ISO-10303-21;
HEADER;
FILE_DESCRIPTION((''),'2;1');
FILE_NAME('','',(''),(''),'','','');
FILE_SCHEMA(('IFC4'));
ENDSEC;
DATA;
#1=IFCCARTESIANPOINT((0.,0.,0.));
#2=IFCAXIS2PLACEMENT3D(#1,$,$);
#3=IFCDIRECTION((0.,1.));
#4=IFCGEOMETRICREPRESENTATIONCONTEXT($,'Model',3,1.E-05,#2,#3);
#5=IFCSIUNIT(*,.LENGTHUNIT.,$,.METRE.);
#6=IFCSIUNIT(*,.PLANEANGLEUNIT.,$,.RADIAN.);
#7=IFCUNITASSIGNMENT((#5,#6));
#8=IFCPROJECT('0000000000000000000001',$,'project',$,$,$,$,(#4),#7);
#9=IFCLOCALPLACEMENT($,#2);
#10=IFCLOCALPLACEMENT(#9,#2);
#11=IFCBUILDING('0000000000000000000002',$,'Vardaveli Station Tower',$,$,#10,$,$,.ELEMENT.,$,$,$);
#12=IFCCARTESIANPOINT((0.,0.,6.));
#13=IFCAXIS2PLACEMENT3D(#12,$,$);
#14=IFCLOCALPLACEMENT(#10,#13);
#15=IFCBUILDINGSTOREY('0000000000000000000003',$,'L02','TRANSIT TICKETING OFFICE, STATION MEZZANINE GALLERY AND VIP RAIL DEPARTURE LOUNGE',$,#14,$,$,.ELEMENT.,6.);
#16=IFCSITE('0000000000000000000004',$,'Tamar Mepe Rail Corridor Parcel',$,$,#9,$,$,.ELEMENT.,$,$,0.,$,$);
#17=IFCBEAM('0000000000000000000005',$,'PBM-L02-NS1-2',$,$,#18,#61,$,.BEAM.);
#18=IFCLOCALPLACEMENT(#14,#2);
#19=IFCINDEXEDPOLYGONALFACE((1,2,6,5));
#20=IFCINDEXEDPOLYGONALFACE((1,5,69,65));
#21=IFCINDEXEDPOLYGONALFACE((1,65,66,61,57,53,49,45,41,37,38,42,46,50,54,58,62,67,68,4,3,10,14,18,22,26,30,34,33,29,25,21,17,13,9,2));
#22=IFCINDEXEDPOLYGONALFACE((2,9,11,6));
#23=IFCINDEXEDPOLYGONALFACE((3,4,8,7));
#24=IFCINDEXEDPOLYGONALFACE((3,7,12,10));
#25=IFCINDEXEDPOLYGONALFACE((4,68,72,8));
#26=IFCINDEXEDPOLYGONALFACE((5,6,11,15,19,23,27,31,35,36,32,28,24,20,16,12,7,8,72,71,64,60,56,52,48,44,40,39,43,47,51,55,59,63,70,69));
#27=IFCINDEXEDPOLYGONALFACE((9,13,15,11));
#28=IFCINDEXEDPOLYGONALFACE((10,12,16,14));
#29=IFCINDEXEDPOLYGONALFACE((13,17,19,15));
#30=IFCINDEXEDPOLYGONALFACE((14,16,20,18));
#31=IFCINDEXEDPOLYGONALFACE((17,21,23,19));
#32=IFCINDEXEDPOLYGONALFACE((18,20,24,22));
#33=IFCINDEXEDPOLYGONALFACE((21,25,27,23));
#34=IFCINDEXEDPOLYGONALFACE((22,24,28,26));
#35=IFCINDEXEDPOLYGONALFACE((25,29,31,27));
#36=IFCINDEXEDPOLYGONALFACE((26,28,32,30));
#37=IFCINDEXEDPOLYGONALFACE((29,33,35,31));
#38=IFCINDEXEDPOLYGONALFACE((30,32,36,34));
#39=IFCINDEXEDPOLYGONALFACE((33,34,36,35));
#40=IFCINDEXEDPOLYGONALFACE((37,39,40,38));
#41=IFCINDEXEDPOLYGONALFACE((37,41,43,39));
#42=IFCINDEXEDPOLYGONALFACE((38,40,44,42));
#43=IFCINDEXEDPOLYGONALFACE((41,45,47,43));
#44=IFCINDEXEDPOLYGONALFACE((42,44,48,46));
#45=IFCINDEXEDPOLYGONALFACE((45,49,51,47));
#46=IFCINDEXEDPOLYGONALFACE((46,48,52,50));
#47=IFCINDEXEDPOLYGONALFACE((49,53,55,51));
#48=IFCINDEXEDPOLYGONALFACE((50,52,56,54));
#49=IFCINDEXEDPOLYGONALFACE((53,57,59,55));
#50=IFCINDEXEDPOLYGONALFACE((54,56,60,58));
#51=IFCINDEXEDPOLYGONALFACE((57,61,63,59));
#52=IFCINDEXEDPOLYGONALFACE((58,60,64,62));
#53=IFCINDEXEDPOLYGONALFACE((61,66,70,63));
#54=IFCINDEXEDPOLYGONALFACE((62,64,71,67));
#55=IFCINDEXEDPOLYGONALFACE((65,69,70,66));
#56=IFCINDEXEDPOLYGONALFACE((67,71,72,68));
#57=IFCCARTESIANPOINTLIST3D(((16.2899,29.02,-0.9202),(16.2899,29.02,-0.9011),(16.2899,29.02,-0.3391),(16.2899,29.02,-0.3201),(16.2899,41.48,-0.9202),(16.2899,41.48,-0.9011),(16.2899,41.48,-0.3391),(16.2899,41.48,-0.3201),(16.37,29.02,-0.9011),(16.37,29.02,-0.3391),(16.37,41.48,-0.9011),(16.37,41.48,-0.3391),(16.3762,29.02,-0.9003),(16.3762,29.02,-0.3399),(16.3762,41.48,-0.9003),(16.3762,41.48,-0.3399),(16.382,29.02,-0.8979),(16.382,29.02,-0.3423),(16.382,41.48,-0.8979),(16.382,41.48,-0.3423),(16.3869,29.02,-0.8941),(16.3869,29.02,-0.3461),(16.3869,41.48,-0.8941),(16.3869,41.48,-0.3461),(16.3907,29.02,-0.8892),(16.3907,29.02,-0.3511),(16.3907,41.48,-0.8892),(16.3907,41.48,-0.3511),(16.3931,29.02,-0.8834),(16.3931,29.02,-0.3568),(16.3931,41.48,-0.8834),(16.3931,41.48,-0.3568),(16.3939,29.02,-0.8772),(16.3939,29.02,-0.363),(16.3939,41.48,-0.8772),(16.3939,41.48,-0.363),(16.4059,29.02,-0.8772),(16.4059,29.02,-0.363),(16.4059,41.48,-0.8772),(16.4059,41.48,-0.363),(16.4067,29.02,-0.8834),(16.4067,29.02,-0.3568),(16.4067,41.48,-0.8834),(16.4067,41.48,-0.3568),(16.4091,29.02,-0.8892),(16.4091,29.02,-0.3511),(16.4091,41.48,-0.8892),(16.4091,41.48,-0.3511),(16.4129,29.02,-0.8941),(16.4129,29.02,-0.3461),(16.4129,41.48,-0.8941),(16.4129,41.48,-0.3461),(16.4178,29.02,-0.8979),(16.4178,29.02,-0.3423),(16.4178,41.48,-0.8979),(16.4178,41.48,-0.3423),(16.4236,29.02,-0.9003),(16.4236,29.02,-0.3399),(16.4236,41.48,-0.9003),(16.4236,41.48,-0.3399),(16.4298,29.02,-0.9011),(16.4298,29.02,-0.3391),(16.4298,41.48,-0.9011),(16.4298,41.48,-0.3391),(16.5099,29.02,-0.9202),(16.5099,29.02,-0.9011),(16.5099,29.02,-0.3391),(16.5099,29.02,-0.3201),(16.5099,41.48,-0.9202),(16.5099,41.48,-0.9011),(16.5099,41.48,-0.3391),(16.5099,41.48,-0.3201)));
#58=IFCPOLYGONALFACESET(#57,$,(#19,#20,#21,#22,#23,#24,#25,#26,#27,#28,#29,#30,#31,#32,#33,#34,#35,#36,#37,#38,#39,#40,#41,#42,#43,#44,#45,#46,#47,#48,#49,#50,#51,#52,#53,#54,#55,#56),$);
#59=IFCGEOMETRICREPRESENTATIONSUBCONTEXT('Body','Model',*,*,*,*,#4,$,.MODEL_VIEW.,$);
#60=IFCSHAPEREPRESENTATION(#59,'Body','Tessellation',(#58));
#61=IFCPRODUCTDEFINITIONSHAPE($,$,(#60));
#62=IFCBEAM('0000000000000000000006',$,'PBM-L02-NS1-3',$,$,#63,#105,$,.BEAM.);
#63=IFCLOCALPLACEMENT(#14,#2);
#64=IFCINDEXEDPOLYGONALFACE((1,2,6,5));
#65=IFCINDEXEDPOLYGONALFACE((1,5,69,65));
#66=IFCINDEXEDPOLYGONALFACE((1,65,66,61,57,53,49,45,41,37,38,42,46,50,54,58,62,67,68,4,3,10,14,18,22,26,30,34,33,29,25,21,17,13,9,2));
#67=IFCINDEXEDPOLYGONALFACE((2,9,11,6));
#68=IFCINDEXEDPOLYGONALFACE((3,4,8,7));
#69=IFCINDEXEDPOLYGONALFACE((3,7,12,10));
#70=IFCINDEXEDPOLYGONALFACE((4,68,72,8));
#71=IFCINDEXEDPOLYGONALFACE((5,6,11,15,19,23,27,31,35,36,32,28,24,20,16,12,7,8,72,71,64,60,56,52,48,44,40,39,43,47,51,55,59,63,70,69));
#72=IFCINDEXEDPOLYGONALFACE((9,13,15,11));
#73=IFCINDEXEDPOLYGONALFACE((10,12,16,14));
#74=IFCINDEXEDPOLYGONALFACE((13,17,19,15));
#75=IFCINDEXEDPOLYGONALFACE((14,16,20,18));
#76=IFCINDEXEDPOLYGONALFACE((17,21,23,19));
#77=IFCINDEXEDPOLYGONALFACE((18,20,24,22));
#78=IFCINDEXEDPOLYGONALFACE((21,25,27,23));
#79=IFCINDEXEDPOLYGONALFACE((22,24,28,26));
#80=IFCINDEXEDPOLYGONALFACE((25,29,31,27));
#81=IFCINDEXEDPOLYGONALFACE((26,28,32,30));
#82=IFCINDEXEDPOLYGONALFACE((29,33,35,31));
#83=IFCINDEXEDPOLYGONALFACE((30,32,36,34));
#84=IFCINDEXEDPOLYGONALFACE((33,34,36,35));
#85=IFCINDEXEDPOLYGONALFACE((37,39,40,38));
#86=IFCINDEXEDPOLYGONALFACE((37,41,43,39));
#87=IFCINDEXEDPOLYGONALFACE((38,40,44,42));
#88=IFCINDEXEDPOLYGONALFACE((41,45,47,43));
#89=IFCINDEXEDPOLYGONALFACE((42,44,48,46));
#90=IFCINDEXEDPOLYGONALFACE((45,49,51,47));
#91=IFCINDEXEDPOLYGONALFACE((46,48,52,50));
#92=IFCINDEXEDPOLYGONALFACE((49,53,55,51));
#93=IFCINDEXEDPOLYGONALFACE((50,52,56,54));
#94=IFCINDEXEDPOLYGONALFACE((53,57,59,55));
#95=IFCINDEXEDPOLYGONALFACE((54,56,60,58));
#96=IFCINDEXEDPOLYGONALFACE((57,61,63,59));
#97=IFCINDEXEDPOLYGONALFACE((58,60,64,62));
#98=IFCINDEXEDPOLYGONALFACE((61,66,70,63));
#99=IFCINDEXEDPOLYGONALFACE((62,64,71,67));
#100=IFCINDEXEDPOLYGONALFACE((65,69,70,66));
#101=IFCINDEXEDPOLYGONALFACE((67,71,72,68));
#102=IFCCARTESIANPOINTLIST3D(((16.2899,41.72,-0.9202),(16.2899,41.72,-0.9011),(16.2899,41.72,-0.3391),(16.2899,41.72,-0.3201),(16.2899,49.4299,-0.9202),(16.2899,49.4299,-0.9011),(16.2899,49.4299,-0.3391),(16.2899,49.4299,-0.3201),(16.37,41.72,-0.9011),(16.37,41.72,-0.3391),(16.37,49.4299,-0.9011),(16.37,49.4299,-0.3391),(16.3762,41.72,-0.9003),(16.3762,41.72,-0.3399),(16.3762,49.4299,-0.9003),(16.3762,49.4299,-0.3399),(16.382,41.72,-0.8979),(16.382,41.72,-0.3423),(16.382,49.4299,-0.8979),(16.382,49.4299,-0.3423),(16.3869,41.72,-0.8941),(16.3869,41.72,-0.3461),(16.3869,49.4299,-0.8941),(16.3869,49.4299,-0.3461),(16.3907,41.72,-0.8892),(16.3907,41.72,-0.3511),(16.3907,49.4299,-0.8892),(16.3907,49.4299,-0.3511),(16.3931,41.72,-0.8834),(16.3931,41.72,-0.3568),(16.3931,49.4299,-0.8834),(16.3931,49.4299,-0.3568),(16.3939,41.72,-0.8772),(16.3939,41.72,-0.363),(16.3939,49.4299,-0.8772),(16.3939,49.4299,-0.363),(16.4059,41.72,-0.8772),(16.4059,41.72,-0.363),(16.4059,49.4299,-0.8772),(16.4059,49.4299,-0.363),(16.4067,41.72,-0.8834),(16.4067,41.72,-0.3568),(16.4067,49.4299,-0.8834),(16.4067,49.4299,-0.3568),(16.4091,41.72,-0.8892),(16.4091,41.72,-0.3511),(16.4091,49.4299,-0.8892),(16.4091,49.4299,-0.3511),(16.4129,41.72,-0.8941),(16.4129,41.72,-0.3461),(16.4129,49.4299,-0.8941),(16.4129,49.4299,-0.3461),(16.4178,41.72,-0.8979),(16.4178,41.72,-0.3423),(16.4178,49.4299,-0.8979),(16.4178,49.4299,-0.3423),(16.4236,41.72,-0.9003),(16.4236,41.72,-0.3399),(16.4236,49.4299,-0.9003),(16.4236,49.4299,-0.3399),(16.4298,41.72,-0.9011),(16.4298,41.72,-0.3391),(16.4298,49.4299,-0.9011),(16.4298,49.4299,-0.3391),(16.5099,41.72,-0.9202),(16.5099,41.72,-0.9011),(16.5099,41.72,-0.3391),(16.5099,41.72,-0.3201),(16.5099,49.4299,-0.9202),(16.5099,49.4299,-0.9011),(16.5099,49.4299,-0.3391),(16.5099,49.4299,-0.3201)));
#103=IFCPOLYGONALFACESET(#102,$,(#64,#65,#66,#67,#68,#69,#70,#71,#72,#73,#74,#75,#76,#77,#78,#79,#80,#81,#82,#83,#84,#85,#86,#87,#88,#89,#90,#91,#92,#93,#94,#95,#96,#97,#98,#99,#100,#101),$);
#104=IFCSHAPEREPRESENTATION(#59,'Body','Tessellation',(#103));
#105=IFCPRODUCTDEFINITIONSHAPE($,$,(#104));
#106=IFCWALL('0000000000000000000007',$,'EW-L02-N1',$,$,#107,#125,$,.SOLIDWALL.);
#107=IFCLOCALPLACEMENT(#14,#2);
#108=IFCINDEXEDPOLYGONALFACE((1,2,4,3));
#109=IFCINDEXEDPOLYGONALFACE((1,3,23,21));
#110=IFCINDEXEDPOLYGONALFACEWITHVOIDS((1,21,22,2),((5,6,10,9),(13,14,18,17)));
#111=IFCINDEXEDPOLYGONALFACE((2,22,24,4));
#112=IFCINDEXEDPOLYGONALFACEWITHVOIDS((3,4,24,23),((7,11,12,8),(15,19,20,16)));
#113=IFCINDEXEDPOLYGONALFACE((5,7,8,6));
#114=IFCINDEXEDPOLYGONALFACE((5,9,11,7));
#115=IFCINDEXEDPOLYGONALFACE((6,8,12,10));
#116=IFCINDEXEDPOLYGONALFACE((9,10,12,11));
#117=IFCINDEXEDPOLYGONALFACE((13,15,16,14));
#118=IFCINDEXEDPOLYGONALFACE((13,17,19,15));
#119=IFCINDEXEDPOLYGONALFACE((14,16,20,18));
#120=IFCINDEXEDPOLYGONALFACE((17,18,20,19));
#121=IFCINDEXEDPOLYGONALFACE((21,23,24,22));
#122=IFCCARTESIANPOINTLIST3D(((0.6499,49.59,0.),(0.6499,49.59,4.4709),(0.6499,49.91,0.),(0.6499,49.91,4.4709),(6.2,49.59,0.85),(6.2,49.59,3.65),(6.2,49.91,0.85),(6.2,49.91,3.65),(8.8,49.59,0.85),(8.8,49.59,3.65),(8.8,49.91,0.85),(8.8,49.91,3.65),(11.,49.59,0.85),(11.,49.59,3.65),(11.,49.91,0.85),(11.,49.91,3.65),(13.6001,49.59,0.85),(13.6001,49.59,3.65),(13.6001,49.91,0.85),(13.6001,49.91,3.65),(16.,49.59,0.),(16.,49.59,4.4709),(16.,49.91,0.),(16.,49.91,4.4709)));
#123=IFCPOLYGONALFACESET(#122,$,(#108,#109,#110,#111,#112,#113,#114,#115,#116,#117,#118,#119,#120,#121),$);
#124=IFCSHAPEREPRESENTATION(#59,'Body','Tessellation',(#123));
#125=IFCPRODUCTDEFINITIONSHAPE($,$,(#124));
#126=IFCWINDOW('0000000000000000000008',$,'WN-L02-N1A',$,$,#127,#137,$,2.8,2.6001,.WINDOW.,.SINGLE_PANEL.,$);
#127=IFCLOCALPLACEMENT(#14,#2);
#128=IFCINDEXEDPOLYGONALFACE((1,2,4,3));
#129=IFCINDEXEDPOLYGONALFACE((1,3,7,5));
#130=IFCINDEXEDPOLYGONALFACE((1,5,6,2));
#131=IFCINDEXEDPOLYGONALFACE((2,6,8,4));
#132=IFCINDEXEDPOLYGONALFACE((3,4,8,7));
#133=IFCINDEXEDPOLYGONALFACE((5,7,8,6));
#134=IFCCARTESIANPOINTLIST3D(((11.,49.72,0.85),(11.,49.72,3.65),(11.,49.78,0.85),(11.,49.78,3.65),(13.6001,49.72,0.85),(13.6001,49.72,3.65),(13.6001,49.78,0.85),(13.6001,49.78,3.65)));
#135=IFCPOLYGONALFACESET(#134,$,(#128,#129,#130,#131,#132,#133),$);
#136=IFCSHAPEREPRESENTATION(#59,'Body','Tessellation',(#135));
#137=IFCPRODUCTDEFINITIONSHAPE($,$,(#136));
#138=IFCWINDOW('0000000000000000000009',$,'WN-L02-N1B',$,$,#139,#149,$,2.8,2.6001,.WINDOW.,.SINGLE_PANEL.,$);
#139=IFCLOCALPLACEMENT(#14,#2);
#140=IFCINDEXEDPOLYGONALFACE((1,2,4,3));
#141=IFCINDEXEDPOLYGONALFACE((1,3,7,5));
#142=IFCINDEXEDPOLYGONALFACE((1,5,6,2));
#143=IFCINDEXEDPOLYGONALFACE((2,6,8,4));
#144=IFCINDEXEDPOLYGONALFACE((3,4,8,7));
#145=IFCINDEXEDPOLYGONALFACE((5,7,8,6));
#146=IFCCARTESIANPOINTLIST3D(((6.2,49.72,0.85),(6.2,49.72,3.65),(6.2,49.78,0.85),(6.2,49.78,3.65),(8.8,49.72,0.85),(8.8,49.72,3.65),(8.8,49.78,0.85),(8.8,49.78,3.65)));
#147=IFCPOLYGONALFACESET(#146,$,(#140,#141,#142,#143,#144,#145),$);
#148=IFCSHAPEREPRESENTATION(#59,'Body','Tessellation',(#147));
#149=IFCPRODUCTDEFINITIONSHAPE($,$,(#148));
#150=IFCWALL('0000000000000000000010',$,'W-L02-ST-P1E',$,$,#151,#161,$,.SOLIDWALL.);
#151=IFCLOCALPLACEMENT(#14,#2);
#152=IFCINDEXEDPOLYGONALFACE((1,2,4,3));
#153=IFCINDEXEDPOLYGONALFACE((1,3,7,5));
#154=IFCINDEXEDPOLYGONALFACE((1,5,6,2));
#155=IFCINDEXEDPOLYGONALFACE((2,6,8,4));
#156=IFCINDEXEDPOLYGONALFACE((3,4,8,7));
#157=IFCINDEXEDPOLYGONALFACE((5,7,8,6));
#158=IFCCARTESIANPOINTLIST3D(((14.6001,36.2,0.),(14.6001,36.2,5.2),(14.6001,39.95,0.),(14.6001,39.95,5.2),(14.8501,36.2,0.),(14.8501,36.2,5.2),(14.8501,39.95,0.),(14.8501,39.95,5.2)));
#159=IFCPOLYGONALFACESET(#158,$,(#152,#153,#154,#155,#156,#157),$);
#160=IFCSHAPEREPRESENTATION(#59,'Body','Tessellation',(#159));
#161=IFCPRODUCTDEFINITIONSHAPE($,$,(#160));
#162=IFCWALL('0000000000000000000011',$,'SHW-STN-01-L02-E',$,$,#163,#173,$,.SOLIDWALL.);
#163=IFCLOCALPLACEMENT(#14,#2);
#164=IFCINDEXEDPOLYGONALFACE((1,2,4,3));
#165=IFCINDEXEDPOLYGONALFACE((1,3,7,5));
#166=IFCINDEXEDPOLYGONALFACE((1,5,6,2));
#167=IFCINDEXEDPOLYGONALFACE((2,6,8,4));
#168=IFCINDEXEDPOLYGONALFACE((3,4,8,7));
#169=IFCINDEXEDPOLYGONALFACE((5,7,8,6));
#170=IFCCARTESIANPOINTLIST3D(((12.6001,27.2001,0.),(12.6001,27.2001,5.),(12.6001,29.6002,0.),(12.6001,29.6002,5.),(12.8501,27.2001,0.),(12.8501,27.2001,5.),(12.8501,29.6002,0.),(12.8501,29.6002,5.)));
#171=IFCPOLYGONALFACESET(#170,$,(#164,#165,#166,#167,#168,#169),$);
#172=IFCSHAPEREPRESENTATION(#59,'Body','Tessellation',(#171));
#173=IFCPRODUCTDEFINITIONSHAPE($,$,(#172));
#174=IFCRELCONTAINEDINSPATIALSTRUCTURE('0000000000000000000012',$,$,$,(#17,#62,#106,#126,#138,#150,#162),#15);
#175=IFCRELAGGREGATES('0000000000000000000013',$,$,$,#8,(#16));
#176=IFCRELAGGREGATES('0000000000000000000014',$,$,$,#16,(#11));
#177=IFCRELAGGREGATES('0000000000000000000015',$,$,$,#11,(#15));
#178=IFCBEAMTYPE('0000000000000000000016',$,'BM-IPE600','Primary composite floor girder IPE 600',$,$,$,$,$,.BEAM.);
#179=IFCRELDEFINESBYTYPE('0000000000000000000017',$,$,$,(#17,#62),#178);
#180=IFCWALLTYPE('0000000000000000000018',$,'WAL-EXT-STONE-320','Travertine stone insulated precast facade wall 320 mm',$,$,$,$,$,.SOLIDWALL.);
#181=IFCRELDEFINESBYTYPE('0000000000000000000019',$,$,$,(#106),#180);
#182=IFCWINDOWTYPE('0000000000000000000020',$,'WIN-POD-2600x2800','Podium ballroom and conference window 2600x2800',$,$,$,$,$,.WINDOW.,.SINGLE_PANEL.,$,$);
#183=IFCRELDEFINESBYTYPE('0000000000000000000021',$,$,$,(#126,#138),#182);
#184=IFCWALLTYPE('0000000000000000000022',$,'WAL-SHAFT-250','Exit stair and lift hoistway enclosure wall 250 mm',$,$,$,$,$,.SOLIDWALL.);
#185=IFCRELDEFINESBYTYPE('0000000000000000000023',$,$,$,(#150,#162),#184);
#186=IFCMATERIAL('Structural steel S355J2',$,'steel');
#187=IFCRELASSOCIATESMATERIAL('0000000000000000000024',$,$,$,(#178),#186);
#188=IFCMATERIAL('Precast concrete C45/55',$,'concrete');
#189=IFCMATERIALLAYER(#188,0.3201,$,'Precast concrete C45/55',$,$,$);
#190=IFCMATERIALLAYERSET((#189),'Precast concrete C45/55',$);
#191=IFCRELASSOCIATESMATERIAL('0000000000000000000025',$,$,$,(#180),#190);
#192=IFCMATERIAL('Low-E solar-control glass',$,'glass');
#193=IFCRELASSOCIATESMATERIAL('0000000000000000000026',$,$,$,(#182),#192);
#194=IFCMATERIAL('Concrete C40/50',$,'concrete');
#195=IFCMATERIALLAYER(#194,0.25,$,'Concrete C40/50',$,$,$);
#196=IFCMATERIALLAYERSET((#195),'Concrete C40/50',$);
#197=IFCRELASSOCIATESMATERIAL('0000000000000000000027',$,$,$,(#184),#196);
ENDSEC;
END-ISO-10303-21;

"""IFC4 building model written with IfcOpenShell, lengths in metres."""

from ifc_helpers import new_model, si_unit, direction, frame, frame_2d, origin, origin_2d, place, context, subcontext, project, spatial, rectangle, i_section, extrude, source, transform, mapped, material, layer, layer_set, material_profile, profile_set, type_object, element, fill, save


model = new_model("IFC4")

# Units and contexts
model_context = context("Model", 3, precision=1e-05, world=origin(), true_north=direction((0.0, 1.0)))
body_context = subcontext(model_context, "Body", "Model", "MODEL_VIEW")
ifc_project = project(units=[si_unit("LENGTHUNIT", "METRE"), si_unit("PLANEANGLEUNIT", "RADIAN")], contexts=[model_context])

# Site, building, storey
site_placement = place(None, origin())
site = spatial("IfcSite", under=ifc_project, at=site_placement, Name="Tamar Mepe Rail Corridor Parcel", CompositionType="ELEMENT", RefElevation=0.0)
building_placement = place(site_placement, origin())
building = spatial("IfcBuilding", under=site, at=building_placement, Name="Vardaveli Station Tower", CompositionType="ELEMENT")
storey_placement = place(building_placement, frame((0.0, 0.0, 6.0)))
storey = spatial("IfcBuildingStorey", under=building, at=storey_placement, Name="L02", Description="TRANSIT TICKETING OFFICE, STATION MEZZANINE GALLERY AND VIP RAIL DEPARTURE LOUNGE", CompositionType="ELEMENT", Elevation=6.0)

# Beams
ifc_material_1 = material(Name="Structural steel S355J2", Category="steel")
ifc_material_profile_1 = material_profile(ifc_material_1, i_section(OverallWidth=0.22, OverallDepth=0.6001, WebThickness=0.012, FlangeThickness=0.019, FilletRadius=0.0239, at=origin_2d()), Name="IPE 600")
ifc_profile_set_1 = profile_set([ifc_material_profile_1], Name="Structural steel S355J2")
beam_type_1 = type_object("IfcBeamType", Name="BM-IPE600", Description="Primary composite floor girder IPE 600", PredefinedType="BEAM", material=ifc_profile_set_1)
shared_shape_1 = source(origin(), body_context, "Body", "SweptSolid", [
    extrude(i_section(OverallWidth=0.22, OverallDepth=0.6001, WebThickness=0.012, FlangeThickness=0.019, FilletRadius=0.0239, at=origin_2d()), origin(), (0.0, 0.0, 1.0), 12.46),
])
beam_1_placement = place(storey_placement, frame((16.3999, 29.02, -0.6201), z_axis=(0.0, 1.0, 0.0), x_axis=(-1.0, 0.0, 0.0)))
element("IfcBeam", 1, at=beam_1_placement, inside=storey, type_object=beam_type_1, Name="PBM-L02-NS1-2", PredefinedType="BEAM", context=body_context, shape_type="MappedRepresentation", body=[
    mapped(shared_shape_1, transform((0.0, 0.0, 0.0), scale=1.0)),
])
shared_shape_2 = source(origin(), body_context, "Body", "SweptSolid", [
    extrude(i_section(OverallWidth=0.22, OverallDepth=0.6001, WebThickness=0.012, FlangeThickness=0.019, FilletRadius=0.0239, at=origin_2d()), origin(), (0.0, 0.0, 1.0), 7.71),
])
beam_2_placement = place(storey_placement, frame((16.3999, 41.72, -0.6201), z_axis=(0.0, 1.0, 0.0), x_axis=(-1.0, 0.0, 0.0)))
element("IfcBeam", 2, at=beam_2_placement, inside=storey, type_object=beam_type_1, Name="PBM-L02-NS1-3", PredefinedType="BEAM", context=body_context, shape_type="MappedRepresentation", body=[
    mapped(shared_shape_2, transform((0.0, 0.0, 0.0), scale=1.0)),
])

# Wall, openings, windows
ifc_material_2 = material(Name="Precast concrete C45/55", Category="concrete")
ifc_layer_1 = layer(ifc_material_2, 0.3201, Name="Precast concrete C45/55")
ifc_layer_set_1 = layer_set([ifc_layer_1], Name="Precast concrete C45/55")
wall_type_1 = type_object("IfcWallType", Name="WAL-EXT-STONE-320", Description="Travertine stone insulated precast facade wall 320 mm", PredefinedType="SOLIDWALL", material=ifc_layer_set_1)
shared_shape_3 = source(origin(), body_context, "Body", "SweptSolid", [
    extrude(rectangle(XDim=15.3501, YDim=0.3201, at=frame_2d((7.675, 0.0))), origin(), (0.0, 0.0, 1.0), 4.4709),
])
wall_1_placement = place(storey_placement, frame((16.0, 49.75, 0.0), z_axis=(0.0, 0.0, 1.0), x_axis=(-1.0, 0.0, 0.0)))
wall_1 = element("IfcWall", 3, at=wall_1_placement, inside=storey, type_object=wall_type_1, Name="EW-L02-N1", PredefinedType="SOLIDWALL", context=body_context, shape_type="MappedRepresentation", body=[
    mapped(shared_shape_3, transform((0.0, 0.0, 0.0), scale=1.0)),
])
shared_shape_4 = source(origin(), body_context, "Body", "SweptSolid", [
    extrude(rectangle(XDim=2.6001, YDim=2.8, at=frame_2d((1.3, 1.3999))), frame((0.0, 0.1699, 0.0), z_axis=(0.0, -1.0, 0.0), x_axis=(1.0, 0.0, 0.0)), (0.0, 0.0, 1.0), 0.3401),
])
opening_1_placement = place(wall_1_placement, frame((2.3999, 0.0, 0.8501)))
opening_1 = element("IfcOpeningElement", 4, at=opening_1_placement, cuts=wall_1, PredefinedType="OPENING", context=body_context, shape_type="MappedRepresentation", body=[
    mapped(shared_shape_4, transform((0.0, 0.0, 0.0), scale=1.0)),
])
opening_2_placement = place(wall_1_placement, frame((7.2, 0.0, 0.8501)))
opening_2 = element("IfcOpeningElement", 5, at=opening_2_placement, cuts=wall_1, PredefinedType="OPENING", context=body_context, shape_type="MappedRepresentation", body=[
    mapped(shared_shape_4, transform((0.0, 0.0, 0.0), scale=1.0)),
])
ifc_material_3 = material(Name="Low-E solar-control glass", Category="glass")
window_type = type_object("IfcWindowType", Name="WIN-POD-2600x2800", Description="Podium ballroom and conference window 2600x2800", PartitioningType="SINGLE_PANEL", PredefinedType="WINDOW", material=ifc_material_3)
shared_shape_5 = source(origin(), body_context, "Body", "SweptSolid", [
    extrude(rectangle(XDim=2.6001, YDim=2.8, at=frame_2d((1.3, 1.3999))), frame((0.0, 0.03, 0.0), z_axis=(0.0, -1.0, 0.0), x_axis=(1.0, 0.0, 0.0)), (0.0, 0.0, 1.0), 0.0601),
])
window_1_placement = place(opening_1_placement, origin())
window_1 = element("IfcWindow", 6, at=window_1_placement, inside=storey, type_object=window_type, Name="WN-L02-N1A", OverallHeight=2.8, OverallWidth=2.6001, PartitioningType="SINGLE_PANEL", PredefinedType="WINDOW", context=body_context, shape_type="MappedRepresentation", body=[
    mapped(shared_shape_5, transform((0.0, 0.0, 0.0), scale=1.0)),
])
fill(opening_1, window_1)
window_2_placement = place(opening_2_placement, origin())
window_2 = element("IfcWindow", 7, at=window_2_placement, inside=storey, type_object=window_type, Name="WN-L02-N1B", OverallHeight=2.8, OverallWidth=2.6001, PartitioningType="SINGLE_PANEL", PredefinedType="WINDOW", context=body_context, shape_type="MappedRepresentation", body=[
    mapped(shared_shape_5, transform((0.0, 0.0, 0.0), scale=1.0)),
])
fill(opening_2, window_2)

# Walls
ifc_material_4 = material(Name="Concrete C40/50", Category="concrete")
ifc_layer_2 = layer(ifc_material_4, 0.25, Name="Concrete C40/50")
ifc_layer_set_2 = layer_set([ifc_layer_2], Name="Concrete C40/50")
wall_type_2 = type_object("IfcWallType", Name="WAL-SHAFT-250", Description="Exit stair and lift hoistway enclosure wall 250 mm", PredefinedType="SOLIDWALL", material=ifc_layer_set_2)
shared_shape_6 = source(origin(), body_context, "Body", "SweptSolid", [
    extrude(rectangle(XDim=3.75, YDim=0.25, at=frame_2d((1.875, 0.0))), origin(), (0.0, 0.0, 1.0), 5.2),
])
wall_2_placement = place(storey_placement, frame((14.7251, 36.2, 0.0), z_axis=(0.0, 0.0, 1.0), x_axis=(0.0, 1.0, 0.0)))
element("IfcWall", 8, at=wall_2_placement, inside=storey, type_object=wall_type_2, Name="W-L02-ST-P1E", PredefinedType="SOLIDWALL", context=body_context, shape_type="MappedRepresentation", body=[
    mapped(shared_shape_6, transform((0.0, 0.0, 0.0), scale=1.0)),
])
shared_shape_7 = source(origin(), body_context, "Body", "SweptSolid", [
    extrude(rectangle(XDim=2.4001, YDim=0.25, at=frame_2d((1.2002, 0.0))), origin(), (0.0, 0.0, 1.0), 5.0),
])
wall_3_placement = place(storey_placement, frame((12.7251, 27.2, 0.0), z_axis=(0.0, 0.0, 1.0), x_axis=(0.0, 1.0, 0.0)))
element("IfcWall", 9, at=wall_3_placement, inside=storey, type_object=wall_type_2, Name="SHW-STN-01-L02-E", PredefinedType="SOLIDWALL", context=body_context, shape_type="MappedRepresentation", body=[
    mapped(shared_shape_7, transform((0.0, 0.0, 0.0), scale=1.0)),
])

save(model, "model.ifc")
